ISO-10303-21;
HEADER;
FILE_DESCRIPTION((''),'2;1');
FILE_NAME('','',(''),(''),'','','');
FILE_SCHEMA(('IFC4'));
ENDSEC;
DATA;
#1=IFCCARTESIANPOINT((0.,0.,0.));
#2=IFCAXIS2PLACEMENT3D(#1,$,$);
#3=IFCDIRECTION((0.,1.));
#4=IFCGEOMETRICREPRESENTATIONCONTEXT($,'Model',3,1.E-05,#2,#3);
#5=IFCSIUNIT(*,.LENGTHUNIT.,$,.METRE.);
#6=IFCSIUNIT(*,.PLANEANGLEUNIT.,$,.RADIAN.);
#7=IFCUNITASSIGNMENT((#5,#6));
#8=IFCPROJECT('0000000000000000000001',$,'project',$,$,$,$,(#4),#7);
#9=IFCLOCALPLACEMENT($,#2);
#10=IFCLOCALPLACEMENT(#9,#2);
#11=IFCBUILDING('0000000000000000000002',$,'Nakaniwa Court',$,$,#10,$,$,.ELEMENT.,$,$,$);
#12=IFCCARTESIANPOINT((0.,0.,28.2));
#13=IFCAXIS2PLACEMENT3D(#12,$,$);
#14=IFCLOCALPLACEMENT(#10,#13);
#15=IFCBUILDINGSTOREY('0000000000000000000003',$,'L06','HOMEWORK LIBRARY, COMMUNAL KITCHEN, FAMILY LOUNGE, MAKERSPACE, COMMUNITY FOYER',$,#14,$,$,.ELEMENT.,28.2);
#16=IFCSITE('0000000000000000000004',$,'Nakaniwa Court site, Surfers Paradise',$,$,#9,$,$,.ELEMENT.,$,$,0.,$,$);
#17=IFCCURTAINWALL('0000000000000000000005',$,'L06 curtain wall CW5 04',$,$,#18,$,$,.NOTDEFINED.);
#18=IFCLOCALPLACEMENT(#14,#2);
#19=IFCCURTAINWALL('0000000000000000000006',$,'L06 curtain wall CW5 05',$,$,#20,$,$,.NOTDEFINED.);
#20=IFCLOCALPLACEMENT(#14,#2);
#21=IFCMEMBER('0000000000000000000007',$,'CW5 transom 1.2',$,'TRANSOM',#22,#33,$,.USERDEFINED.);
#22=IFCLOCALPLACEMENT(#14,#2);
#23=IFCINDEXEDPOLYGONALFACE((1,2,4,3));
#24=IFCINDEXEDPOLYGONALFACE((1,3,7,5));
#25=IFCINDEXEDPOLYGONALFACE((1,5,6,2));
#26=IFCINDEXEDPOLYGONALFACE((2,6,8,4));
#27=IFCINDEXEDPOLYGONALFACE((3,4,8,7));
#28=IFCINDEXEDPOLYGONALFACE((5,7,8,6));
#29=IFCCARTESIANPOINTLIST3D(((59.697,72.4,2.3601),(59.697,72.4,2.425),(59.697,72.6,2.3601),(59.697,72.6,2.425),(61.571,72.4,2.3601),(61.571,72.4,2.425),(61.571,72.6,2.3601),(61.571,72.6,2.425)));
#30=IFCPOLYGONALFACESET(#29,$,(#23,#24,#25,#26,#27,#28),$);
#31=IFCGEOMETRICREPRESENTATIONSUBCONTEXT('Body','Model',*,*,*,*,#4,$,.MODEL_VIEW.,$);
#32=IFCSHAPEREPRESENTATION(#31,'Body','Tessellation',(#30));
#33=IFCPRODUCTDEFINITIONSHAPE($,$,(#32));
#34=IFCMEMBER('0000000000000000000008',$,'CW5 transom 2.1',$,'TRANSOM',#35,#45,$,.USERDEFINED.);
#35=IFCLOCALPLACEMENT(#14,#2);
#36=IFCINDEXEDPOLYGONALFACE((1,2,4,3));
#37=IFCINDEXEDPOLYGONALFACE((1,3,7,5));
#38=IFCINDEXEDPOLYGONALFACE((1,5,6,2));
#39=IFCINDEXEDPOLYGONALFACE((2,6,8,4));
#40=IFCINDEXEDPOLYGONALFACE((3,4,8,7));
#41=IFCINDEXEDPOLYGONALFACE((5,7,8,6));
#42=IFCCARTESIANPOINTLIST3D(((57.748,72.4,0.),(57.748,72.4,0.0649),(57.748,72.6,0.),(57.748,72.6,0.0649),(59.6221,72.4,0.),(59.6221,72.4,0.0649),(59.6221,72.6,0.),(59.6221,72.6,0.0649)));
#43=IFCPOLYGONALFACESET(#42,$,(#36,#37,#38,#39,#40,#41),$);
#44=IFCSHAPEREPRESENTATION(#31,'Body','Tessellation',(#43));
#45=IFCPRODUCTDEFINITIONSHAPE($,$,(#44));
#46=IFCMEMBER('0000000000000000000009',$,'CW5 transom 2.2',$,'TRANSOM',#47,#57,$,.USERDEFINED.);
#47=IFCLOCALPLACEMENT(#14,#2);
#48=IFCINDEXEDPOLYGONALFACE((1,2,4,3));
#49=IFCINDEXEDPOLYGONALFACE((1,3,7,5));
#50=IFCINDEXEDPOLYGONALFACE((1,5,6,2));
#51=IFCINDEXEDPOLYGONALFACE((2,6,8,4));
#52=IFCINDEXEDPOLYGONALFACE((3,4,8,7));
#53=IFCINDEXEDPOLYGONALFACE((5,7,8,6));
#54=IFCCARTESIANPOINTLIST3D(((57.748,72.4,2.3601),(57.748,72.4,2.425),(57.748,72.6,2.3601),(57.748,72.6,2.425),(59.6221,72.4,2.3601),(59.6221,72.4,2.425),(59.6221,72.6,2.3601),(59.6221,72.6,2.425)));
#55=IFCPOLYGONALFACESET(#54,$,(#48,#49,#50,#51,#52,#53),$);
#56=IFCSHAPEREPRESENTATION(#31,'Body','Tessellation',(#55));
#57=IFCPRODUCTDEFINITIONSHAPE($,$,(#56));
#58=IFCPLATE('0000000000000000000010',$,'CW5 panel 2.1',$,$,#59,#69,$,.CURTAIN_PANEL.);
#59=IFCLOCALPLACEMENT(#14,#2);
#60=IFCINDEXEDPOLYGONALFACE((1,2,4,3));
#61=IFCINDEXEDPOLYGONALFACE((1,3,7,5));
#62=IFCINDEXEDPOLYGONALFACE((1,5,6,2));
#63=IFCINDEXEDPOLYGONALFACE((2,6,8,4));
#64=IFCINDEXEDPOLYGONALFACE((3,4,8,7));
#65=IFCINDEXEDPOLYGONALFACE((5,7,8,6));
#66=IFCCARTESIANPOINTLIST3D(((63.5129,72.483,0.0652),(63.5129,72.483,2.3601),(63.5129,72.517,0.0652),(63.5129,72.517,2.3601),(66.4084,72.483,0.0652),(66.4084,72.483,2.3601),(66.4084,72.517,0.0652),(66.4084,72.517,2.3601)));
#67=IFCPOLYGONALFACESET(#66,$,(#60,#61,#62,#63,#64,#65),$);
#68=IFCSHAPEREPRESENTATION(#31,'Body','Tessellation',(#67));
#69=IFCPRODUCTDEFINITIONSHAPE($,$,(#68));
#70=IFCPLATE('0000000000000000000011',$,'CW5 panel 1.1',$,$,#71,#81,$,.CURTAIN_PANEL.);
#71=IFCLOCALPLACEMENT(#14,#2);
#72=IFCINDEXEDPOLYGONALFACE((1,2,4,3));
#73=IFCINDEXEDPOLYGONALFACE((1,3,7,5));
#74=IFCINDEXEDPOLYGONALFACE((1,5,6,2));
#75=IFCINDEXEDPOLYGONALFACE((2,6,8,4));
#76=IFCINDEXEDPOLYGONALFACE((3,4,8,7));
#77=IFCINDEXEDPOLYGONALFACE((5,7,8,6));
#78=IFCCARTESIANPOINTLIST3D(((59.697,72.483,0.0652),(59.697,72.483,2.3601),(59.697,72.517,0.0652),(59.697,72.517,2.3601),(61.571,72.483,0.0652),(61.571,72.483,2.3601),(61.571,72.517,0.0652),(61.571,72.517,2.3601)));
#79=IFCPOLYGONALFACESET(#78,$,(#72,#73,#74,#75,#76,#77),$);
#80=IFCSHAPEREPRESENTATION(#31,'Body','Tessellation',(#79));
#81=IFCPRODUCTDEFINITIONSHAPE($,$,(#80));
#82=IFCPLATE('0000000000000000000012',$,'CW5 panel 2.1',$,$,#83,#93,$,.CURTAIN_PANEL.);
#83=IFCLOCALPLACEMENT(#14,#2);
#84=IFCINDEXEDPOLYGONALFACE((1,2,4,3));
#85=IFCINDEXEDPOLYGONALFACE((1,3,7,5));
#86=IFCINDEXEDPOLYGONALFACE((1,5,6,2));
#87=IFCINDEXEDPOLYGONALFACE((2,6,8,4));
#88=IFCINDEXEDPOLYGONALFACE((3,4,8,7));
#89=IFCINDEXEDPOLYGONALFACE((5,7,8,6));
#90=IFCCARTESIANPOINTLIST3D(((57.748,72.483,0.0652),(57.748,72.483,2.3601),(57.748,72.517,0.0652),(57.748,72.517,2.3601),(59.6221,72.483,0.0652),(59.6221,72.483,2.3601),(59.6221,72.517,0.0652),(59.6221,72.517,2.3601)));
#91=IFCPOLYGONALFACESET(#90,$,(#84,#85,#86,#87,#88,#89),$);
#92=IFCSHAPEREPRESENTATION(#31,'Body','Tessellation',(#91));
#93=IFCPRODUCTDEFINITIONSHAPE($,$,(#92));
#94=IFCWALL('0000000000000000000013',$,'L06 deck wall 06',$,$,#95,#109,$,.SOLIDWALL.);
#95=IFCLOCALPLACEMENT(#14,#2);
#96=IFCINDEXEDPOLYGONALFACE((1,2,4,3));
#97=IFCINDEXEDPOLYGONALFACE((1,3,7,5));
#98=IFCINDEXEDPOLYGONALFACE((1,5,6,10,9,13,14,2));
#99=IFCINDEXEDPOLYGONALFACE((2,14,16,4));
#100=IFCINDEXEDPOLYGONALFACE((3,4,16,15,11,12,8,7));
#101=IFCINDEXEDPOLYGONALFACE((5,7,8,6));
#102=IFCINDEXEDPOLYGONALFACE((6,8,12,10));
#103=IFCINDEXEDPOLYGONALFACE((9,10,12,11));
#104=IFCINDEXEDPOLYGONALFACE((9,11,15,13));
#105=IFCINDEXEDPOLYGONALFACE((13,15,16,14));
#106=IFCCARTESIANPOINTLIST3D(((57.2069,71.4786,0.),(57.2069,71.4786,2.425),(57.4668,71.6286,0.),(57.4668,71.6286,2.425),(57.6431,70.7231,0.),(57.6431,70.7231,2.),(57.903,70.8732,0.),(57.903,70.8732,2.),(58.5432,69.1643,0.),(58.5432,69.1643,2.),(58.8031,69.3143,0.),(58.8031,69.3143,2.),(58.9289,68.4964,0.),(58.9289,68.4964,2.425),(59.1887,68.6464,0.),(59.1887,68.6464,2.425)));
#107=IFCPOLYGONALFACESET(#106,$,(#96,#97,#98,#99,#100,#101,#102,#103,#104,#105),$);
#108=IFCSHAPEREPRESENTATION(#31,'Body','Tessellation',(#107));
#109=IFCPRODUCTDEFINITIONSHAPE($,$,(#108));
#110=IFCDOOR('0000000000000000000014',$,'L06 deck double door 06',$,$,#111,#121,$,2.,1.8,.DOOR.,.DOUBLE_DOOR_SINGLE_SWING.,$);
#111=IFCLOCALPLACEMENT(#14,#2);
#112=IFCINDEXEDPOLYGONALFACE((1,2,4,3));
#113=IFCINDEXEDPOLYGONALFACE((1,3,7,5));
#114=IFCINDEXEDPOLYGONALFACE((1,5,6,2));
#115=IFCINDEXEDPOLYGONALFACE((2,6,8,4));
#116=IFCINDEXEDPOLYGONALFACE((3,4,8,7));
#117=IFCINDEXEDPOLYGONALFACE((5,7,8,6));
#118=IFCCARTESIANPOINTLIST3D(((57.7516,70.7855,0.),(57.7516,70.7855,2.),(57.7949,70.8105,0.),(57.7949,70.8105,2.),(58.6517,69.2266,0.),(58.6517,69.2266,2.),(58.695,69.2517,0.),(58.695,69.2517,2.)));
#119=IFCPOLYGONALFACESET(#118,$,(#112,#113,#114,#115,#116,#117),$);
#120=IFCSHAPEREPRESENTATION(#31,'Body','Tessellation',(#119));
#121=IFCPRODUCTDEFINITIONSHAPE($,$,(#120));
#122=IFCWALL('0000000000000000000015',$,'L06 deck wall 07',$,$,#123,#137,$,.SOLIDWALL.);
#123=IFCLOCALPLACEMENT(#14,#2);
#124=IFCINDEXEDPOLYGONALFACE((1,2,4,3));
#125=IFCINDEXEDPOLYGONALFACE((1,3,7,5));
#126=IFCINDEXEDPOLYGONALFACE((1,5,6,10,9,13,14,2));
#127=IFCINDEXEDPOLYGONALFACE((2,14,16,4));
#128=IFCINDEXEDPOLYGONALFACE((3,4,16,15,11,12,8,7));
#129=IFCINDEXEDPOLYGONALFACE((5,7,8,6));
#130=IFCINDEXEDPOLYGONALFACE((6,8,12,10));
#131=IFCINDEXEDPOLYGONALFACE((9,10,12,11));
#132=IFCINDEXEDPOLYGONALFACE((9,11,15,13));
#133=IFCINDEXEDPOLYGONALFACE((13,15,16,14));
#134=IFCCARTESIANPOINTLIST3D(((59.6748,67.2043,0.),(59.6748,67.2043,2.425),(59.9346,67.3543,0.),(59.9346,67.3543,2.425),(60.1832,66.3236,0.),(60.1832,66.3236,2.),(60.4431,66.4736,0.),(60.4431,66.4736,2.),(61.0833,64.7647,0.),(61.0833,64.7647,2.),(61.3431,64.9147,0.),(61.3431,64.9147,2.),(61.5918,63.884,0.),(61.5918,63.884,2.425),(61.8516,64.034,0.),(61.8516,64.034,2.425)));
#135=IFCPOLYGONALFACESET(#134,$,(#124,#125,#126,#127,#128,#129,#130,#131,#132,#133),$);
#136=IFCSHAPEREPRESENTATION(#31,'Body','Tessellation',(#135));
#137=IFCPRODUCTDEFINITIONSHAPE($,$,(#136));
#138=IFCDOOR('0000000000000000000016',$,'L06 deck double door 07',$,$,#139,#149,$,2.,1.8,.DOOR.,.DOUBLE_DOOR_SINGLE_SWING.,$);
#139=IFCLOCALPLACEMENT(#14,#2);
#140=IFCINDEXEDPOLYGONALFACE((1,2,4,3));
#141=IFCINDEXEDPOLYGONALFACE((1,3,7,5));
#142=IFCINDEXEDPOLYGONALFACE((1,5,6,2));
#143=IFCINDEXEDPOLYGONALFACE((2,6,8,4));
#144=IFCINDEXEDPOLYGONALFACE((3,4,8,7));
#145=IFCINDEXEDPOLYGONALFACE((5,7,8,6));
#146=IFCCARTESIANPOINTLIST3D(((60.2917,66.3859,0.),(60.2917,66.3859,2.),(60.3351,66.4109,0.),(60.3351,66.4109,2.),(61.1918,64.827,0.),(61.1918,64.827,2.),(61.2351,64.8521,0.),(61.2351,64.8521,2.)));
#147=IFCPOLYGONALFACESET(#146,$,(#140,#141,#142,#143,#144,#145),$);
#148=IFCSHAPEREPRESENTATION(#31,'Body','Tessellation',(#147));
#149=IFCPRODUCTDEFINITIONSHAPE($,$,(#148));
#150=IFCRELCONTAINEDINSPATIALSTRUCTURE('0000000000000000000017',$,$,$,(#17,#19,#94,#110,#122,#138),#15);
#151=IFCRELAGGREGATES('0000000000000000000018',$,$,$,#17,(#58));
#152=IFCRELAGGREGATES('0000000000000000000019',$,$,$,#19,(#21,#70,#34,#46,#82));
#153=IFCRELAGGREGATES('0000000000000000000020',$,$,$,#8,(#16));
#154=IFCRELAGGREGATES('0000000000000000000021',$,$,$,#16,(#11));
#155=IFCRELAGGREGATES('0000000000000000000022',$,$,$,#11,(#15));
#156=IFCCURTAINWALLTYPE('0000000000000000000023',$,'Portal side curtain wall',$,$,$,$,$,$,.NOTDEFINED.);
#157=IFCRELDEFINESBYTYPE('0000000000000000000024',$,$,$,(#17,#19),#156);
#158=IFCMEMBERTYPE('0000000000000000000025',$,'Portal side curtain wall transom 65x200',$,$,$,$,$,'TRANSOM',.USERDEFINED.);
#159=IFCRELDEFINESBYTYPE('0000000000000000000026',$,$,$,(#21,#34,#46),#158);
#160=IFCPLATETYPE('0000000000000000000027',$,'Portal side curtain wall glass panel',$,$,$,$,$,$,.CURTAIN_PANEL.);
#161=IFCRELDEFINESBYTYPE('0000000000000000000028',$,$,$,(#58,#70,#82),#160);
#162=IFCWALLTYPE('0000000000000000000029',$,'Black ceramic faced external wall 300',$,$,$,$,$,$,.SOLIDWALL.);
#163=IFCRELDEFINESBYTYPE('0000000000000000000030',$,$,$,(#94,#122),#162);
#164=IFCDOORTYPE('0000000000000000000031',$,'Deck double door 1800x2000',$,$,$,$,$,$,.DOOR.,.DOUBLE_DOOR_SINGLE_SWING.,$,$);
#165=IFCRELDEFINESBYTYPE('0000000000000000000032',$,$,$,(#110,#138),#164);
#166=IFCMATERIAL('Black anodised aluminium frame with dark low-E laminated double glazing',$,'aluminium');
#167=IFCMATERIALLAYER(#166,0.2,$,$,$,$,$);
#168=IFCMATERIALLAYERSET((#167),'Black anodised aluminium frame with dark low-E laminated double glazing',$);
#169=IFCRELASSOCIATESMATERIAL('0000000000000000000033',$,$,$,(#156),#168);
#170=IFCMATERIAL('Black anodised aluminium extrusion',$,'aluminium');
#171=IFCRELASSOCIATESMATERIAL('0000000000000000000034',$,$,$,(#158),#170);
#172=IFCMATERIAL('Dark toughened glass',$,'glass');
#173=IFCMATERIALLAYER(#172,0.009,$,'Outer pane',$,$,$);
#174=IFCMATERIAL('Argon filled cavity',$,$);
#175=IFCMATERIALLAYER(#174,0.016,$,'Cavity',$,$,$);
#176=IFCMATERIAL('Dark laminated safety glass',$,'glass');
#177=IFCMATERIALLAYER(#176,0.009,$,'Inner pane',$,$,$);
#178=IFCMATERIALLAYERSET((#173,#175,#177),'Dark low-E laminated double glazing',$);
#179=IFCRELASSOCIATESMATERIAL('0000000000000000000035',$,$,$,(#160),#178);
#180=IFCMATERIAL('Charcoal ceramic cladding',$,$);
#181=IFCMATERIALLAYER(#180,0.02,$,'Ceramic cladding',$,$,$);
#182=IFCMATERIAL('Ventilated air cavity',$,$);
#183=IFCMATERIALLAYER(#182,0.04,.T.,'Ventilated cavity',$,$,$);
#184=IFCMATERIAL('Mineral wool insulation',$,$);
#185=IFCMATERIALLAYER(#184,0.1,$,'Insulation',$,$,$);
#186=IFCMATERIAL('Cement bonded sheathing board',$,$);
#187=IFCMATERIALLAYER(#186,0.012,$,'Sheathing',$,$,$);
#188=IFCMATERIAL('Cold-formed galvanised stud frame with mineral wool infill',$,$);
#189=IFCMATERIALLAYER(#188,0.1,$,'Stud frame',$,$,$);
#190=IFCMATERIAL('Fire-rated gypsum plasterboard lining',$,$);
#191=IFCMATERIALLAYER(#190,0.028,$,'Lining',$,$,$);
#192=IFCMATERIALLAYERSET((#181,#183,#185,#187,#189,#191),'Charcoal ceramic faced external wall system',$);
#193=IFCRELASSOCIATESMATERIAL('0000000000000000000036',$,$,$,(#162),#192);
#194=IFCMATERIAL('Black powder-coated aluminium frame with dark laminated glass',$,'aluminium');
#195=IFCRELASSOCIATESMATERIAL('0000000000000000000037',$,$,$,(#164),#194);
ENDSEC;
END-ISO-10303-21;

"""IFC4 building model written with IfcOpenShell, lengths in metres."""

from ifc_helpers import new_model, si_unit, direction, frame, frame_2d, origin, origin_2d, place, context, subcontext, project, spatial, rectangle, extrude, material, layer, layer_set, material_profile, profile_set, type_object, element, fill, aggregate, save


model = new_model("IFC4")

# Units and contexts
model_context = context("Model", 3, precision=1e-05, world=origin(), true_north=direction((0.0, 1.0)))
body_context = subcontext(model_context, "Body", "Model", "MODEL_VIEW")
ifc_project = project(units=[si_unit("LENGTHUNIT", "METRE"), si_unit("PLANEANGLEUNIT", "RADIAN")], contexts=[model_context])

# Site, building, storey
site_placement = place(None, origin())
site = spatial("IfcSite", under=ifc_project, at=site_placement, Name="Nakaniwa Court site, Surfers Paradise", CompositionType="ELEMENT", RefElevation=0.0)
building_placement = place(site_placement, origin())
building = spatial("IfcBuilding", under=site, at=building_placement, Name="Nakaniwa Court", CompositionType="ELEMENT")
storey_placement = place(building_placement, frame((0.0, 0.0, 28.2)))
storey = spatial("IfcBuildingStorey", under=building, at=storey_placement, Name="L06", Description="HOMEWORK LIBRARY, COMMUNAL KITCHEN, FAMILY LOUNGE, MAKERSPACE, COMMUNITY FOYER", CompositionType="ELEMENT", Elevation=28.2)

# Curtain wall
ifc_material_1 = material(Name="Black anodised aluminium frame with dark low-E laminated double glazing", Category="aluminium")
ifc_layer_1 = layer(ifc_material_1, 0.2)
ifc_layer_set_1 = layer_set([ifc_layer_1], Name="Black anodised aluminium frame with dark low-E laminated double glazing")
curtain_wall_type = type_object("IfcCurtainWallType", Name="Portal side curtain wall", PredefinedType="NOTDEFINED", material=ifc_layer_set_1)
curtain_wall_1_placement = place(storey_placement, origin())
curtain_wall_1 = element("IfcCurtainWall", 1, at=curtain_wall_1_placement, inside=storey, type_object=curtain_wall_type, Name="L06 curtain wall CW5 04", PredefinedType="NOTDEFINED")
ifc_material_2 = material(Name="Black anodised aluminium extrusion", Category="aluminium")

# Curtain wall
curtain_wall_2_placement = place(storey_placement, origin())
curtain_wall_2 = element("IfcCurtainWall", 2, at=curtain_wall_2_placement, inside=storey, type_object=curtain_wall_type, Name="L06 curtain wall CW5 05", PredefinedType="NOTDEFINED")

# Members
ifc_material_profile_1 = material_profile(ifc_material_2, rectangle(XDim=0.2, YDim=0.0649, at=origin_2d()), Name="Portal side curtain wall transom 65x200")
ifc_profile_set_1 = profile_set([ifc_material_profile_1], Name="Black anodised aluminium extrusion")
member_type_1 = type_object("IfcMemberType", Name="Portal side curtain wall transom 65x200", ElementType="TRANSOM", PredefinedType="USERDEFINED", material=ifc_profile_set_1)
member_1_placement = place(storey_placement, frame((61.571, 72.5, 2.3926), z_axis=(-1.0, 0.0, 0.0), x_axis=(0.0, -1.0, 0.0)))
member_1 = element("IfcMember", 3, at=member_1_placement, type_object=member_type_1, Name="CW5 transom 1.2", ObjectType="TRANSOM", PredefinedType="USERDEFINED", context=body_context, shape_type="SweptSolid", body=[
    extrude(rectangle(XDim=0.2, YDim=0.0649, at=origin_2d()), origin(), (0.0, 0.0, 1.0), 1.874),
])
member_2_placement = place(storey_placement, frame((59.6221, 72.5, 0.0325), z_axis=(-1.0, 0.0, 0.0), x_axis=(0.0, -1.0, 0.0)))
member_2 = element("IfcMember", 4, at=member_2_placement, type_object=member_type_1, Name="CW5 transom 2.1", ObjectType="TRANSOM", PredefinedType="USERDEFINED", context=body_context, shape_type="SweptSolid", body=[
    extrude(rectangle(XDim=0.2, YDim=0.0649, at=origin_2d()), origin(), (0.0, 0.0, 1.0), 1.874),
])
member_3_placement = place(storey_placement, frame((59.6221, 72.5, 2.3926), z_axis=(-1.0, 0.0, 0.0), x_axis=(0.0, -1.0, 0.0)))
member_3 = element("IfcMember", 5, at=member_3_placement, type_object=member_type_1, Name="CW5 transom 2.2", ObjectType="TRANSOM", PredefinedType="USERDEFINED", context=body_context, shape_type="SweptSolid", body=[
    extrude(rectangle(XDim=0.2, YDim=0.0649, at=origin_2d()), origin(), (0.0, 0.0, 1.0), 1.874),
])

# Plates
ifc_material_3 = material(Name="Dark toughened glass", Category="glass")
ifc_layer_2 = layer(ifc_material_3, 0.009, Name="Outer pane")
ifc_material_4 = material(Name="Argon filled cavity")
ifc_layer_3 = layer(ifc_material_4, 0.016, Name="Cavity")
ifc_material_5 = material(Name="Dark laminated safety glass", Category="glass")
ifc_layer_4 = layer(ifc_material_5, 0.009, Name="Inner pane")
ifc_layer_set_2 = layer_set([ifc_layer_2, ifc_layer_3, ifc_layer_4], Name="Dark low-E laminated double glazing")
plate_type = type_object("IfcPlateType", Name="Portal side curtain wall glass panel", PredefinedType="CURTAIN_PANEL", material=ifc_layer_set_2)
plate_1_placement = place(storey_placement, frame((64.9607, 72.5, 0.0652), z_axis=(0.0, 0.0, 1.0), x_axis=(-1.0, 0.0, 0.0)))
plate_1 = element("IfcPlate", 6, at=plate_1_placement, type_object=plate_type, Name="CW5 panel 2.1", PredefinedType="CURTAIN_PANEL", context=body_context, shape_type="SweptSolid", body=[
    extrude(rectangle(XDim=2.8955, YDim=0.0339, at=origin_2d()), origin(), (0.0, 0.0, 1.0), 2.2949),
])
aggregate(curtain_wall_1, [plate_1])
plate_2_placement = place(storey_placement, frame((60.634, 72.5, 0.0652), z_axis=(0.0, 0.0, 1.0), x_axis=(-1.0, 0.0, 0.0)))
plate_2 = element("IfcPlate", 7, at=plate_2_placement, type_object=plate_type, Name="CW5 panel 1.1", PredefinedType="CURTAIN_PANEL", context=body_context, shape_type="SweptSolid", body=[
    extrude(rectangle(XDim=1.874, YDim=0.0339, at=origin_2d()), origin(), (0.0, 0.0, 1.0), 2.2949),
])
plate_3_placement = place(storey_placement, frame((58.6851, 72.5, 0.0652), z_axis=(0.0, 0.0, 1.0), x_axis=(-1.0, 0.0, 0.0)))
plate_3 = element("IfcPlate", 8, at=plate_3_placement, type_object=plate_type, Name="CW5 panel 2.1", PredefinedType="CURTAIN_PANEL", context=body_context, shape_type="SweptSolid", body=[
    extrude(rectangle(XDim=1.874, YDim=0.0339, at=origin_2d()), origin(), (0.0, 0.0, 1.0), 2.2949),
])
aggregate(curtain_wall_2, [member_1, plate_2, member_2, member_3, plate_3])

# Walls, openings, doors
ifc_material_6 = material(Name="Charcoal ceramic cladding")
ifc_layer_5 = layer(ifc_material_6, 0.02, Name="Ceramic cladding")
ifc_material_7 = material(Name="Ventilated air cavity")
ifc_layer_6 = layer(ifc_material_7, 0.04, ventilated=True, Name="Ventilated cavity")
ifc_material_8 = material(Name="Mineral wool insulation")
ifc_layer_7 = layer(ifc_material_8, 0.1, Name="Insulation")
ifc_material_9 = material(Name="Cement bonded sheathing board")
ifc_layer_8 = layer(ifc_material_9, 0.012, Name="Sheathing")
ifc_material_10 = material(Name="Cold-formed galvanised stud frame with mineral wool infill")
ifc_layer_9 = layer(ifc_material_10, 0.1, Name="Stud frame")
ifc_material_11 = material(Name="Fire-rated gypsum plasterboard lining")
ifc_layer_10 = layer(ifc_material_11, 0.028, Name="Lining")
ifc_layer_set_3 = layer_set([ifc_layer_5, ifc_layer_6, ifc_layer_7, ifc_layer_8, ifc_layer_9, ifc_layer_10], Name="Charcoal ceramic faced external wall system")
wall_type_1 = type_object("IfcWallType", Name="Black ceramic faced external wall 300", PredefinedType="SOLIDWALL", material=ifc_layer_set_3)
wall_1_placement = place(storey_placement, frame((57.3369, 71.5535, 0.0), z_axis=(0.0, 0.0, 1.0), x_axis=(0.500035, -0.866005, 0.0)))
wall_1 = element("IfcWall", 9, at=wall_1_placement, inside=storey, type_object=wall_type_1, Name="L06 deck wall 06", PredefinedType="SOLIDWALL", context=body_context, shape_type="SweptSolid", body=[
    extrude(rectangle(XDim=3.4436, YDim=0.3, at=frame_2d((1.7217, 0.0))), origin(), (0.0, 0.0, 1.0), 2.425),
])
opening_1_placement = place(wall_1_placement, frame((0.8723, 0.0, 0.0)))
opening_1 = element("IfcOpeningElement", 10, at=opening_1_placement, cuts=wall_1, PredefinedType="OPENING", context=body_context, shape_type="SweptSolid", body=[
    extrude(rectangle(XDim=1.8, YDim=2.0, at=frame_2d((0.8999, 1.0))), frame((0.0, 0.1599, 0.0), z_axis=(0.0, -1.0, 0.0), x_axis=(1.0, 0.0, 0.0)), (0.0, 0.0, 1.0), 0.3201),
])
ifc_material_12 = material(Name="Black powder-coated aluminium frame with dark laminated glass", Category="aluminium")
door_type_1 = type_object("IfcDoorType", Name="Deck double door 1800x2000", OperationType="DOUBLE_DOOR_SINGLE_SWING", PredefinedType="DOOR", material=ifc_material_12)
door_1_placement = place(opening_1_placement, frame((1.8, 0.0, 0.0), z_axis=(0.0, 0.0, 1.0), x_axis=(-1.0, 0.0, 0.0)))
door_1 = element("IfcDoor", 11, at=door_1_placement, inside=storey, type_object=door_type_1, Name="L06 deck double door 06", OperationType="DOUBLE_DOOR_SINGLE_SWING", OverallHeight=2.0, OverallWidth=1.8, PredefinedType="DOOR", context=body_context, shape_type="SweptSolid", body=[
    extrude(rectangle(XDim=1.8, YDim=2.0, at=frame_2d((0.8999, 1.0))), frame((0.0, 0.0249, 0.0), z_axis=(0.0, -1.0, 0.0), x_axis=(1.0, 0.0, 0.0)), (0.0, 0.0, 1.0), 0.05),
])
fill(opening_1, door_1)
wall_2_placement = place(storey_placement, frame((59.8047, 67.2793, 0.0), z_axis=(0.0, 0.0, 1.0), x_axis=(0.500002, -0.866024, 0.0)))
wall_2 = element("IfcWall", 12, at=wall_2_placement, inside=storey, type_object=wall_type_1, Name="L06 deck wall 07", PredefinedType="SOLIDWALL", context=body_context, shape_type="SweptSolid", body=[
    extrude(rectangle(XDim=3.834, YDim=0.3, at=frame_2d((1.917, 0.0))), origin(), (0.0, 0.0, 1.0), 2.425),
])
opening_2_placement = place(wall_2_placement, frame((1.0171, 0.0, 0.0)))
opening_2 = element("IfcOpeningElement", 13, at=opening_2_placement, cuts=wall_2, PredefinedType="OPENING", context=body_context, shape_type="SweptSolid", body=[
    extrude(rectangle(XDim=1.8, YDim=2.0, at=frame_2d((0.8999, 1.0))), frame((0.0, 0.1599, 0.0), z_axis=(0.0, -1.0, 0.0), x_axis=(1.0, 0.0, 0.0)), (0.0, 0.0, 1.0), 0.3201),
])
door_2_placement = place(opening_2_placement, frame((1.8, 0.0, 0.0), z_axis=(0.0, 0.0, 1.0), x_axis=(-1.0, 0.0, 0.0)))
door_2 = element("IfcDoor", 14, at=door_2_placement, inside=storey, type_object=door_type_1, Name="L06 deck double door 07", OperationType="DOUBLE_DOOR_SINGLE_SWING", OverallHeight=2.0, OverallWidth=1.8, PredefinedType="DOOR", context=body_context, shape_type="SweptSolid", body=[
    extrude(rectangle(XDim=1.8, YDim=2.0, at=frame_2d((0.8999, 1.0))), frame((0.0, 0.0249, 0.0), z_axis=(0.0, -1.0, 0.0), x_axis=(1.0, 0.0, 0.0)), (0.0, 0.0, 1.0), 0.05),
])
fill(opening_2, door_2)

save(model, "model.ifc")
